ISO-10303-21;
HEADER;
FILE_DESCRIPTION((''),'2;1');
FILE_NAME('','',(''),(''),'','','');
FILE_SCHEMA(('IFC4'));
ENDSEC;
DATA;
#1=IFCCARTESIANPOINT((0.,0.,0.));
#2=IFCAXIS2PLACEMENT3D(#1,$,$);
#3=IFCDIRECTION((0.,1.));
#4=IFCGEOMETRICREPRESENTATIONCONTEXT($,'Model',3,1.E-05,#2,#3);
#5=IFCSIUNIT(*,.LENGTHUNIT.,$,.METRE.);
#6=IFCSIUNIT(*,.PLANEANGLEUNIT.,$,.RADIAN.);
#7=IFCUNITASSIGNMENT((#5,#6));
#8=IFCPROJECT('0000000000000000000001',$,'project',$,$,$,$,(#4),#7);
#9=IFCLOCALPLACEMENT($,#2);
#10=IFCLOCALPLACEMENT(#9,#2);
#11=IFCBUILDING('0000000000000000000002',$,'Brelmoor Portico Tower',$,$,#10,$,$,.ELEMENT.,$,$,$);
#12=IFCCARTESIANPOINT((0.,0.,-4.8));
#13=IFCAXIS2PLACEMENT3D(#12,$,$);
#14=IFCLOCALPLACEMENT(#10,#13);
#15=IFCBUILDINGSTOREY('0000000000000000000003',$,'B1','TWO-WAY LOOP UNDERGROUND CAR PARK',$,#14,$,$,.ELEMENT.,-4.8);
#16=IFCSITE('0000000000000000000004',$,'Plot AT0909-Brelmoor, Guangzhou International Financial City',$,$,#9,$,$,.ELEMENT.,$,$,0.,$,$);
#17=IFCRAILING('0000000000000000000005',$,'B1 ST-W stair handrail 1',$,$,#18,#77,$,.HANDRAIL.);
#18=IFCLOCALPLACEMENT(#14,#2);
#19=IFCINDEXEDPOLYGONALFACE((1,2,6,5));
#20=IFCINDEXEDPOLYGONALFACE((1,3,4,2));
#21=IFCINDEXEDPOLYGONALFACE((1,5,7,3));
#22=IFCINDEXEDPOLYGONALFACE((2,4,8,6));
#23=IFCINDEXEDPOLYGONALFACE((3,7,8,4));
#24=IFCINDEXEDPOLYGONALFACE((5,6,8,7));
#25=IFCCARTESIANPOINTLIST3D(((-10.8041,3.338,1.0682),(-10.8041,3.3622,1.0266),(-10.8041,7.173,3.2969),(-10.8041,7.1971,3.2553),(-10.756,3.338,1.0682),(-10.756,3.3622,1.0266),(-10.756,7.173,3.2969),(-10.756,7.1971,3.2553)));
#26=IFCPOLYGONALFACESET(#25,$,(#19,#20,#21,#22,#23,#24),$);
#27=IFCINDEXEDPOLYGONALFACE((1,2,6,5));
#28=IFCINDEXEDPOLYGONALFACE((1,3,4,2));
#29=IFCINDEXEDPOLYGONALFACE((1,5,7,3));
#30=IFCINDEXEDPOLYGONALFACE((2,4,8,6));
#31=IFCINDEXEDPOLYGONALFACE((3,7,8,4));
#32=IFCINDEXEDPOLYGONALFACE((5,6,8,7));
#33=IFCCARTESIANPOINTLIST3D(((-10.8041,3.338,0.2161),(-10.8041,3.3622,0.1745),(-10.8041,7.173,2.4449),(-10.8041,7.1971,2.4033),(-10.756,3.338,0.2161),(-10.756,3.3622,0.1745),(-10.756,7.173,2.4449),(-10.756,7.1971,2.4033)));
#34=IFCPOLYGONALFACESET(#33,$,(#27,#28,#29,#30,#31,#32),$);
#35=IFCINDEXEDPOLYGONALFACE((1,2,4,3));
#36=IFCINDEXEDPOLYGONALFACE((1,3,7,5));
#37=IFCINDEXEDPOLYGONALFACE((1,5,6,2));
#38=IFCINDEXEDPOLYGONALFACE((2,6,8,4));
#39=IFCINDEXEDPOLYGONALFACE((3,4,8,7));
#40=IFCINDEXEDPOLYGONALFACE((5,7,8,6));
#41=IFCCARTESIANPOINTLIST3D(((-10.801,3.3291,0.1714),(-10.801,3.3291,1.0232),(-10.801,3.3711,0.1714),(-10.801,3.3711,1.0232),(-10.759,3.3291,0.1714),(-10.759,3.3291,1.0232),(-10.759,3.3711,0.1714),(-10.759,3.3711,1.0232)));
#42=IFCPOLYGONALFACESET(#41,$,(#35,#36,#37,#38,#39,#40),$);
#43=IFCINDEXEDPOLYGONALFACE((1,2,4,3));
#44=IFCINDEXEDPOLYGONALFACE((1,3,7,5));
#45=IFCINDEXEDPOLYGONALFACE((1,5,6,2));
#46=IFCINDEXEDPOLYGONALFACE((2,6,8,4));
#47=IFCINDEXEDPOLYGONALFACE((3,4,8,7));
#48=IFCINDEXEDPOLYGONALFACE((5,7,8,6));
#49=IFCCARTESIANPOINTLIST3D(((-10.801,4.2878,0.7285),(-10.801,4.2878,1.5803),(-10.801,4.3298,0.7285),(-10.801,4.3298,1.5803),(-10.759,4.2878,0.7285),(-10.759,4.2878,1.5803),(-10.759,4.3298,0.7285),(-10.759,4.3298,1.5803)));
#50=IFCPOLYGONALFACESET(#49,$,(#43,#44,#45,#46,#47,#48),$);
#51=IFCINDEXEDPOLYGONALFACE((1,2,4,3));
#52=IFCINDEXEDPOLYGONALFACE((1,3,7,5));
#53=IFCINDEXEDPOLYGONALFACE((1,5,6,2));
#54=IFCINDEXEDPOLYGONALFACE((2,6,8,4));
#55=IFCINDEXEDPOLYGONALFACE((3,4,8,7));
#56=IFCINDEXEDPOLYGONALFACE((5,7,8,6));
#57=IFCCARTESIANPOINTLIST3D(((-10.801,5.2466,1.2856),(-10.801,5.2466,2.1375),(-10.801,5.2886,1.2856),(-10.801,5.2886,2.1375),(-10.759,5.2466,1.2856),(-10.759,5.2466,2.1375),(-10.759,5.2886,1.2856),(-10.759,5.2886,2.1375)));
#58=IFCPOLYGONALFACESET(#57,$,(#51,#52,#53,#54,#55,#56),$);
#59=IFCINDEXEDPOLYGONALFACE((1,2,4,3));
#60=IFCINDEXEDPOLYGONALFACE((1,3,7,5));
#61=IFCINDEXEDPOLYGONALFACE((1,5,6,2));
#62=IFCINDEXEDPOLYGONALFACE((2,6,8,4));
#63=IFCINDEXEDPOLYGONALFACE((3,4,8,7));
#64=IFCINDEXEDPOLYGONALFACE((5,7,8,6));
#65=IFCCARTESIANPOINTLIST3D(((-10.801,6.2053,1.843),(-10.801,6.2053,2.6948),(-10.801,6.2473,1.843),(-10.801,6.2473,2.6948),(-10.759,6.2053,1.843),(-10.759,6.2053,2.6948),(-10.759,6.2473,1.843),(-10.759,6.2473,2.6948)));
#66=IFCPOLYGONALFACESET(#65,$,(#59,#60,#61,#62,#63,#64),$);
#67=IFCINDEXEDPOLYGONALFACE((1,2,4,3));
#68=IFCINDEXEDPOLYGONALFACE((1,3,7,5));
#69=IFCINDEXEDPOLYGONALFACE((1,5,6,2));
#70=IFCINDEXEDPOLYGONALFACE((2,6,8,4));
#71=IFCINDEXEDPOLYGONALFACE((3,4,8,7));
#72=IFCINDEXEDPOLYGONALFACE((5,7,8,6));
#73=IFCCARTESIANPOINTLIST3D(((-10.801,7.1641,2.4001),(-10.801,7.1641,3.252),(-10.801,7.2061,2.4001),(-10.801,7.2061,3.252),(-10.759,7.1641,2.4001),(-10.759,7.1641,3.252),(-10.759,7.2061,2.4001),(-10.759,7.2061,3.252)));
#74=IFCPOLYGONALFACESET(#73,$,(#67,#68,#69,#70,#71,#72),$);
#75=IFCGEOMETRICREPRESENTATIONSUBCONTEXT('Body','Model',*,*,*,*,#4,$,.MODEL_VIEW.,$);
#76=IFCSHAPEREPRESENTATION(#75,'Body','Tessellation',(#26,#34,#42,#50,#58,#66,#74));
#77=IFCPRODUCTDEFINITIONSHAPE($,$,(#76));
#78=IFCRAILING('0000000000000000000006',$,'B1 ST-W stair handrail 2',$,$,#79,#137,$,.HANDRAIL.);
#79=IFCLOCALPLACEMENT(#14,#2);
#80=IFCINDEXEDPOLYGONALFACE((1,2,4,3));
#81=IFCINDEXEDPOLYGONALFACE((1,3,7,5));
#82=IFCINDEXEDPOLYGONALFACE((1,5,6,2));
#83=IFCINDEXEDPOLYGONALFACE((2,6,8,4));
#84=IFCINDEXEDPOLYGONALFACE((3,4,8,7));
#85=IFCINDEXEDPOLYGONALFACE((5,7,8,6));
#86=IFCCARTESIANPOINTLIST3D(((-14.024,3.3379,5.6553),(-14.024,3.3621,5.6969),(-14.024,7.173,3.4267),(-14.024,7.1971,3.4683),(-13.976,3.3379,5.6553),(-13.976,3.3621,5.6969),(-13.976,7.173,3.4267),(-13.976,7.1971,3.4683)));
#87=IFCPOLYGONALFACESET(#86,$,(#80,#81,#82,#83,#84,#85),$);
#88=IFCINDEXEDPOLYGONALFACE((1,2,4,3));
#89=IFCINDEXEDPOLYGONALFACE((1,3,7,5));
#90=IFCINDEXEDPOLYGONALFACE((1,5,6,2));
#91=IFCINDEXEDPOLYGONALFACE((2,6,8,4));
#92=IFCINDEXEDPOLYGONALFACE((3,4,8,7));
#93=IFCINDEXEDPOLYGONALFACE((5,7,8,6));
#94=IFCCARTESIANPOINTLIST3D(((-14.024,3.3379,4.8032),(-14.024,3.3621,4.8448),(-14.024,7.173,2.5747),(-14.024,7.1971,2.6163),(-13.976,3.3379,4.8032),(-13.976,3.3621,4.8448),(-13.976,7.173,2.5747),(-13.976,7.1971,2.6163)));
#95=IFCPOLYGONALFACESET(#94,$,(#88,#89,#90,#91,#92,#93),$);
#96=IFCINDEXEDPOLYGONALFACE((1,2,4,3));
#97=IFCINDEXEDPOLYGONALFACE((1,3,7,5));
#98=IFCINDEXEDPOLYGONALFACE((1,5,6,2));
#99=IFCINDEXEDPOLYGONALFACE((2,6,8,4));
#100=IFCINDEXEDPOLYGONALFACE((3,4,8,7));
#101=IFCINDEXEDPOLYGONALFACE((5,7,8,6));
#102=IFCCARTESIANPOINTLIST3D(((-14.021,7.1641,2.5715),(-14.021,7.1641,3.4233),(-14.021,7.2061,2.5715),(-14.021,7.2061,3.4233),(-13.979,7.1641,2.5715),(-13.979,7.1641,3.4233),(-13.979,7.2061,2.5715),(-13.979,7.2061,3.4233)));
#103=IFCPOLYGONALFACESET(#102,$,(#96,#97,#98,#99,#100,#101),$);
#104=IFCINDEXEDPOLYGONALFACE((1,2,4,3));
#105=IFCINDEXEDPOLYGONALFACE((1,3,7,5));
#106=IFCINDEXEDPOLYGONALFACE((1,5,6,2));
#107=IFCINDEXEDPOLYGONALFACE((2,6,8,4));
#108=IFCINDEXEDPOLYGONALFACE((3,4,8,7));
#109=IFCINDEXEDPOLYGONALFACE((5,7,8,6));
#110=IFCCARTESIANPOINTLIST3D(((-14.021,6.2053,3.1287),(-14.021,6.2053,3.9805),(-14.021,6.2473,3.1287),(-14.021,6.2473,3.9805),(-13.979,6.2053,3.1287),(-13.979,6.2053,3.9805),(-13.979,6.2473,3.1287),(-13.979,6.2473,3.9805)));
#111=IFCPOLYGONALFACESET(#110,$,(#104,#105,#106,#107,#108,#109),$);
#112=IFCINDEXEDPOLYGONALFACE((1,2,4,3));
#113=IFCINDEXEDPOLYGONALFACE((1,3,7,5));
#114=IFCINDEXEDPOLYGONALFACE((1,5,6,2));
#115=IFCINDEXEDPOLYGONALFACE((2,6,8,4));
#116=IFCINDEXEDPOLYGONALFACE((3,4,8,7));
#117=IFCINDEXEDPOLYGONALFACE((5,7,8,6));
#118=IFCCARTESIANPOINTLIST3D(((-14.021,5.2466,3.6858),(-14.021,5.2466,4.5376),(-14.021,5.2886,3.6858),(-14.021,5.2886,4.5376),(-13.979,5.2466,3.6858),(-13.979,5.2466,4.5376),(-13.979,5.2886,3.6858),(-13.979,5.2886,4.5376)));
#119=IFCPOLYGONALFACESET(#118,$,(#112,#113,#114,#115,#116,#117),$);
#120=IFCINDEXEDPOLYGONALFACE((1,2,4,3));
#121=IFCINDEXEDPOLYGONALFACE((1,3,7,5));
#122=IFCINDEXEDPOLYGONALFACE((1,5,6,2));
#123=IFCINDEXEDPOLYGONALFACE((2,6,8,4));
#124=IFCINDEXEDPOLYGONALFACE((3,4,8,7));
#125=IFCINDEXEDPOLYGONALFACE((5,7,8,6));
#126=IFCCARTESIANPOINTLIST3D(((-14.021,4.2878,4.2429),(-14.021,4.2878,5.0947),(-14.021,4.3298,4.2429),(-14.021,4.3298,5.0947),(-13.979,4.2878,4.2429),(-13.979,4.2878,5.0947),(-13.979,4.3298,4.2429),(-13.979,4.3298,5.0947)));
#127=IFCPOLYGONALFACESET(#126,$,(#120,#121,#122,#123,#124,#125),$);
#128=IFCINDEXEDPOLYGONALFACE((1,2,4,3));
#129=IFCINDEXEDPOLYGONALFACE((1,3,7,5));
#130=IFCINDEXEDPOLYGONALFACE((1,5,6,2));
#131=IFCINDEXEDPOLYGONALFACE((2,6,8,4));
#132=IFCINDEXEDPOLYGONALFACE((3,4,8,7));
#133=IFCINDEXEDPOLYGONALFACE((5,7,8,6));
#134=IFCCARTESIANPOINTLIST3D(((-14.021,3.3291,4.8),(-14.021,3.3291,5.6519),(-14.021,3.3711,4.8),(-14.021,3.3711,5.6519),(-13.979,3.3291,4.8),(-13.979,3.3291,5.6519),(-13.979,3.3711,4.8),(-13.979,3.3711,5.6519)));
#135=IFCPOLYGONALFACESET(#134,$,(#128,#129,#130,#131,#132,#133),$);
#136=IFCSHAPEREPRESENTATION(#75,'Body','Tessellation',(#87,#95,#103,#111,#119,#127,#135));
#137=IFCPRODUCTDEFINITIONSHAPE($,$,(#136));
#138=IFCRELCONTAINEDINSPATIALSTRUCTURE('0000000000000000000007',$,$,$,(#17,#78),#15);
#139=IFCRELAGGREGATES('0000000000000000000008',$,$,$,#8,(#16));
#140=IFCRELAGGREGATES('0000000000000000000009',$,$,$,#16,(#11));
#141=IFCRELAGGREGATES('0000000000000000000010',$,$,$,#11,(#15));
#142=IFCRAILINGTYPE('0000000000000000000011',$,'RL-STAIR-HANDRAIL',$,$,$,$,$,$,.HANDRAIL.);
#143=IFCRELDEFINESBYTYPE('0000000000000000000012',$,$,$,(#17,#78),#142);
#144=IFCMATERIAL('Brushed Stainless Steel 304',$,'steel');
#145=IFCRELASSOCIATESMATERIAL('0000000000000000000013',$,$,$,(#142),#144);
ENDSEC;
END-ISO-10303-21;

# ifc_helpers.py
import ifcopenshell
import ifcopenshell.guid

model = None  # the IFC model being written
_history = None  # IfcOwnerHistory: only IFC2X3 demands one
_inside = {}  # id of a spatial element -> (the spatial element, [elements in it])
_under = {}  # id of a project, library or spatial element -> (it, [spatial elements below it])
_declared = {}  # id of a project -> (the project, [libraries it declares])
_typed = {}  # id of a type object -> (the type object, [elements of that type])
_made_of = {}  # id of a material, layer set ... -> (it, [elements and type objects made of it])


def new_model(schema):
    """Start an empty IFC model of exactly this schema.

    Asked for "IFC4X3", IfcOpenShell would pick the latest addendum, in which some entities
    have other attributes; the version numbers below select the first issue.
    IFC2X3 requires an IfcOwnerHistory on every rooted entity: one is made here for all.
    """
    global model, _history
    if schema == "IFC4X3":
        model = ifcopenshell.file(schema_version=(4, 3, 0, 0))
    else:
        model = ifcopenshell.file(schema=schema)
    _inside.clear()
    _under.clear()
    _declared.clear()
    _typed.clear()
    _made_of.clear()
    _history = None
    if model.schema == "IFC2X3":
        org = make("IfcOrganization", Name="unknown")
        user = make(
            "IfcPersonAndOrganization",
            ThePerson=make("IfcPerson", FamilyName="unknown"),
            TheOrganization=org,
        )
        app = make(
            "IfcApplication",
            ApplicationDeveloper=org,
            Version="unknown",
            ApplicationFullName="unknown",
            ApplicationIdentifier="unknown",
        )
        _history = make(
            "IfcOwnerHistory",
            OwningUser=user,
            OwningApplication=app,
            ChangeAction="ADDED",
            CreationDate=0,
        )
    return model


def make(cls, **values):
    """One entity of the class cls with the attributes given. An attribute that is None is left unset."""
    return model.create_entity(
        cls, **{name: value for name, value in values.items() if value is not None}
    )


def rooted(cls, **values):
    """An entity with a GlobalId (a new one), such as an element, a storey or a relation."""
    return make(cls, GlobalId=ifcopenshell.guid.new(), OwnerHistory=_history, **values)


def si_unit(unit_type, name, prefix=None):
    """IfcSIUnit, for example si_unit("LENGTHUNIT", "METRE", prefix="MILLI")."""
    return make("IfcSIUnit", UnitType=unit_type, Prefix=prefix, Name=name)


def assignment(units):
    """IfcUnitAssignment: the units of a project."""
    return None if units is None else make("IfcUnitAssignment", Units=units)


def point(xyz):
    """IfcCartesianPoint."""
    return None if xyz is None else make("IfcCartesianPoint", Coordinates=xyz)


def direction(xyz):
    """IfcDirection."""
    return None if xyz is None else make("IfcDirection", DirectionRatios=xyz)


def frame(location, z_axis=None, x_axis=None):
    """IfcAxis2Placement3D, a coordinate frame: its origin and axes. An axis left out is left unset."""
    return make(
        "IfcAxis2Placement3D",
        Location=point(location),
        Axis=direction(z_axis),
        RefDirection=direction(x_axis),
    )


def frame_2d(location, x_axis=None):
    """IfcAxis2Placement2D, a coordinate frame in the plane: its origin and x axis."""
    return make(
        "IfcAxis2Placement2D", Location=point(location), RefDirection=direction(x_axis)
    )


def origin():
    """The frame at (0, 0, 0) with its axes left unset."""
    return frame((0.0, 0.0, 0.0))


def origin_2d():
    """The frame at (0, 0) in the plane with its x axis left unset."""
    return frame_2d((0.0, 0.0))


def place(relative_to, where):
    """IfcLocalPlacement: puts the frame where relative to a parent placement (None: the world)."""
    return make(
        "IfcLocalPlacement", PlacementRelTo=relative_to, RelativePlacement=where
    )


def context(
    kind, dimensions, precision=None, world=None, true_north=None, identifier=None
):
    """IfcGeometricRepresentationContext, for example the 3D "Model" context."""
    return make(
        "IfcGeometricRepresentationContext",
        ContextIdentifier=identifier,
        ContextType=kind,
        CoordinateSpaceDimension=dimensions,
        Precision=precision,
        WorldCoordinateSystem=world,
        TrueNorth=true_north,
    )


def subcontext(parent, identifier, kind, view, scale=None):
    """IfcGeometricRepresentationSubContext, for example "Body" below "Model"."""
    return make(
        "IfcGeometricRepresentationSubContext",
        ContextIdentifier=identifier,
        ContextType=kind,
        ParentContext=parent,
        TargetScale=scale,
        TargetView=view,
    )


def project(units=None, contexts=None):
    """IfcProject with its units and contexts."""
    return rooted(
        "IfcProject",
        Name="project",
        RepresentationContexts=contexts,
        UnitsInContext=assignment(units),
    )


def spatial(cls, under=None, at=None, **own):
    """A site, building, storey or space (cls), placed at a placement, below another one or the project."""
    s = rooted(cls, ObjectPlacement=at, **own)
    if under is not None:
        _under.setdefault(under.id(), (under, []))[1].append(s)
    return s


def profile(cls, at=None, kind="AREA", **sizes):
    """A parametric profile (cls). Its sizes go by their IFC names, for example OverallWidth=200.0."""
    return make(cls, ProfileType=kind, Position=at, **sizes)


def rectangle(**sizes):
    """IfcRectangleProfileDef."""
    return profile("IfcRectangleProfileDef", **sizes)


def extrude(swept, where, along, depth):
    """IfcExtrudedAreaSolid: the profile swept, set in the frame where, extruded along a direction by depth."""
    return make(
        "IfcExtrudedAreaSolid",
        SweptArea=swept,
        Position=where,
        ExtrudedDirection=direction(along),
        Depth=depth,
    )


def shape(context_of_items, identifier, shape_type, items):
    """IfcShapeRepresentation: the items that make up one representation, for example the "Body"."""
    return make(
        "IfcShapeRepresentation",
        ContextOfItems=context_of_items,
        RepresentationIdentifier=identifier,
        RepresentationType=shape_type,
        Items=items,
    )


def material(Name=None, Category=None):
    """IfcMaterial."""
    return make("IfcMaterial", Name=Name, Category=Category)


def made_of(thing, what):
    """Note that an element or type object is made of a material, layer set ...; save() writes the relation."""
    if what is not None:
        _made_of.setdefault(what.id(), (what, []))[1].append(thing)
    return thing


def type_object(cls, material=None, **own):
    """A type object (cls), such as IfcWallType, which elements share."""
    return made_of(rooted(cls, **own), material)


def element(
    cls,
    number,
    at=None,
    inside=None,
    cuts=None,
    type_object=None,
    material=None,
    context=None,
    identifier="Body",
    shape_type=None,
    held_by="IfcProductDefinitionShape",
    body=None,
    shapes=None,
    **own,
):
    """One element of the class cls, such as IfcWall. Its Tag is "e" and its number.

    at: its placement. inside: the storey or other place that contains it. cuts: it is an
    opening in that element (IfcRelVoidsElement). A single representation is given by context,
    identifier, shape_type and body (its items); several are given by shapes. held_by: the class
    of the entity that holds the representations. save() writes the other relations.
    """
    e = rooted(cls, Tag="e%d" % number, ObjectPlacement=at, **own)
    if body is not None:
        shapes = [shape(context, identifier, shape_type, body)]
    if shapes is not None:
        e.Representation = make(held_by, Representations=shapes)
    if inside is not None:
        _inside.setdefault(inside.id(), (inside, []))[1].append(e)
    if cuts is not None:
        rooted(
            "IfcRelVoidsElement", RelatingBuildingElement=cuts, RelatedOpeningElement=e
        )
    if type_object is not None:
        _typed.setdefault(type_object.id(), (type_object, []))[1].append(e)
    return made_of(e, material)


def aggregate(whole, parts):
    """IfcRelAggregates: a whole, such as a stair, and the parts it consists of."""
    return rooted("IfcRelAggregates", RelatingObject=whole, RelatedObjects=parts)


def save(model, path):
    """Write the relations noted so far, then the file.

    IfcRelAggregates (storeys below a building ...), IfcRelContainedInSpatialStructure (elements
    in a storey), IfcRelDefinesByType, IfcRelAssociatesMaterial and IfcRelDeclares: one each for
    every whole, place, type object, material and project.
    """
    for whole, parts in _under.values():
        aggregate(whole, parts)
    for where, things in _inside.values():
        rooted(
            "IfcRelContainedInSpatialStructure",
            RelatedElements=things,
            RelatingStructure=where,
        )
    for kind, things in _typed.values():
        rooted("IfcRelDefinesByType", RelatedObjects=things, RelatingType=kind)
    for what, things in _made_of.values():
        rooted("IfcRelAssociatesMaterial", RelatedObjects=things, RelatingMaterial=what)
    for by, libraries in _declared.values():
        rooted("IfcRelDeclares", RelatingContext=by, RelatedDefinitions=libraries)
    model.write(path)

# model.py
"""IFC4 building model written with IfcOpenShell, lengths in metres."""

from ifc_helpers import new_model, si_unit, direction, frame, origin, origin_2d, place, context, subcontext, project, spatial, rectangle, extrude, material, type_object, element, save


model = new_model("IFC4")

# Units and contexts
model_context = context("Model", 3, precision=1e-05, world=origin(), true_north=direction((0.0, 1.0)))
body_context = subcontext(model_context, "Body", "Model", "MODEL_VIEW")
ifc_project = project(units=[si_unit("LENGTHUNIT", "METRE"), si_unit("PLANEANGLEUNIT", "RADIAN")], contexts=[model_context])

# Site, building, storey
site_placement = place(None, origin())
site = spatial("IfcSite", under=ifc_project, at=site_placement, Name="Plot AT0909-Brelmoor, Guangzhou International Financial City", CompositionType="ELEMENT", RefElevation=0.0)
building_placement = place(site_placement, origin())
building = spatial("IfcBuilding", under=site, at=building_placement, Name="Brelmoor Portico Tower", CompositionType="ELEMENT")
storey_placement = place(building_placement, frame((0.0, 0.0, -4.8)))
storey = spatial("IfcBuildingStorey", under=building, at=storey_placement, Name="B1", Description="TWO-WAY LOOP UNDERGROUND CAR PARK", CompositionType="ELEMENT", Elevation=-4.8)

# Railings
ifc_material_1 = material(Name="Brushed Stainless Steel 304", Category="steel")
railing_type_1 = type_object("IfcRailingType", Name="RL-STAIR-HANDRAIL", PredefinedType="HANDRAIL", material=ifc_material_1)
railing_1_placement = place(storey_placement, frame((-10.78, 3.3501, 0.1714)))
element("IfcRailing", 1, at=railing_1_placement, inside=storey, type_object=railing_type_1, Name="B1 ST-W stair handrail 1", PredefinedType="HANDRAIL", context=body_context, shape_type="SweptSolid", body=[
    extrude(rectangle(XDim=0.0481, YDim=0.0481, at=origin_2d()), frame((0.0, 0.0, 0.876), z_axis=(0.0, 0.864592, 0.502474), x_axis=(-1.0, 0.0, 0.0)), (0.0, 0.0, 1.0), 4.4355),
    extrude(rectangle(XDim=0.0481, YDim=0.0481, at=origin_2d()), frame((0.0, 0.0, 0.0239), z_axis=(0.0, 0.864592, 0.502474), x_axis=(-1.0, 0.0, 0.0)), (0.0, 0.0, 1.0), 4.4355),
    extrude(rectangle(XDim=0.042, YDim=0.042, at=origin_2d()), origin(), (0.0, 0.0, 1.0), 0.8518),
    extrude(rectangle(XDim=0.042, YDim=0.042, at=origin_2d()), frame((0.0, 0.9587, 0.5571)), (0.0, 0.0, 1.0), 0.8518),
    extrude(rectangle(XDim=0.042, YDim=0.042, at=origin_2d()), frame((0.0, 1.9175, 1.1143)), (0.0, 0.0, 1.0), 0.8518),
    extrude(rectangle(XDim=0.042, YDim=0.042, at=origin_2d()), frame((0.0, 2.8762, 1.6716)), (0.0, 0.0, 1.0), 0.8518),
    extrude(rectangle(XDim=0.042, YDim=0.042, at=origin_2d()), frame((0.0, 3.835, 2.2288)), (0.0, 0.0, 1.0), 0.8518),
])
railing_2_placement = place(storey_placement, frame((-14.0, 7.1851, 2.5715)))
element("IfcRailing", 2, at=railing_2_placement, inside=storey, type_object=railing_type_1, Name="B1 ST-W stair handrail 2", PredefinedType="HANDRAIL", context=body_context, shape_type="SweptSolid", body=[
    extrude(rectangle(XDim=0.0481, YDim=0.0481, at=origin_2d()), frame((0.0, 0.0, 0.876), z_axis=(0.0, -0.864616, 0.502433), x_axis=(1.0, 0.0, 0.0)), (0.0, 0.0, 1.0), 4.4355),
    extrude(rectangle(XDim=0.0481, YDim=0.0481, at=origin_2d()), frame((0.0, 0.0, 0.0239), z_axis=(0.0, -0.864616, 0.502433), x_axis=(1.0, 0.0, 0.0)), (0.0, 0.0, 1.0), 4.4355),
    extrude(rectangle(XDim=0.042, YDim=0.042, at=origin_2d()), origin(), (0.0, 0.0, 1.0), 0.8518),
    extrude(rectangle(XDim=0.042, YDim=0.042, at=origin_2d()), frame((0.0, -0.9587, 0.5571)), (0.0, 0.0, 1.0), 0.8518),
    extrude(rectangle(XDim=0.042, YDim=0.042, at=origin_2d()), frame((0.0, -1.9175, 1.1143)), (0.0, 0.0, 1.0), 0.8518),
    extrude(rectangle(XDim=0.042, YDim=0.042, at=origin_2d()), frame((0.0, -2.8762, 1.6714)), (0.0, 0.0, 1.0), 0.8518),
    extrude(rectangle(XDim=0.042, YDim=0.042, at=origin_2d()), frame((0.0, -3.835, 2.2285)), (0.0, 0.0, 1.0), 0.8518),
])

save(model, "model.ifc")
